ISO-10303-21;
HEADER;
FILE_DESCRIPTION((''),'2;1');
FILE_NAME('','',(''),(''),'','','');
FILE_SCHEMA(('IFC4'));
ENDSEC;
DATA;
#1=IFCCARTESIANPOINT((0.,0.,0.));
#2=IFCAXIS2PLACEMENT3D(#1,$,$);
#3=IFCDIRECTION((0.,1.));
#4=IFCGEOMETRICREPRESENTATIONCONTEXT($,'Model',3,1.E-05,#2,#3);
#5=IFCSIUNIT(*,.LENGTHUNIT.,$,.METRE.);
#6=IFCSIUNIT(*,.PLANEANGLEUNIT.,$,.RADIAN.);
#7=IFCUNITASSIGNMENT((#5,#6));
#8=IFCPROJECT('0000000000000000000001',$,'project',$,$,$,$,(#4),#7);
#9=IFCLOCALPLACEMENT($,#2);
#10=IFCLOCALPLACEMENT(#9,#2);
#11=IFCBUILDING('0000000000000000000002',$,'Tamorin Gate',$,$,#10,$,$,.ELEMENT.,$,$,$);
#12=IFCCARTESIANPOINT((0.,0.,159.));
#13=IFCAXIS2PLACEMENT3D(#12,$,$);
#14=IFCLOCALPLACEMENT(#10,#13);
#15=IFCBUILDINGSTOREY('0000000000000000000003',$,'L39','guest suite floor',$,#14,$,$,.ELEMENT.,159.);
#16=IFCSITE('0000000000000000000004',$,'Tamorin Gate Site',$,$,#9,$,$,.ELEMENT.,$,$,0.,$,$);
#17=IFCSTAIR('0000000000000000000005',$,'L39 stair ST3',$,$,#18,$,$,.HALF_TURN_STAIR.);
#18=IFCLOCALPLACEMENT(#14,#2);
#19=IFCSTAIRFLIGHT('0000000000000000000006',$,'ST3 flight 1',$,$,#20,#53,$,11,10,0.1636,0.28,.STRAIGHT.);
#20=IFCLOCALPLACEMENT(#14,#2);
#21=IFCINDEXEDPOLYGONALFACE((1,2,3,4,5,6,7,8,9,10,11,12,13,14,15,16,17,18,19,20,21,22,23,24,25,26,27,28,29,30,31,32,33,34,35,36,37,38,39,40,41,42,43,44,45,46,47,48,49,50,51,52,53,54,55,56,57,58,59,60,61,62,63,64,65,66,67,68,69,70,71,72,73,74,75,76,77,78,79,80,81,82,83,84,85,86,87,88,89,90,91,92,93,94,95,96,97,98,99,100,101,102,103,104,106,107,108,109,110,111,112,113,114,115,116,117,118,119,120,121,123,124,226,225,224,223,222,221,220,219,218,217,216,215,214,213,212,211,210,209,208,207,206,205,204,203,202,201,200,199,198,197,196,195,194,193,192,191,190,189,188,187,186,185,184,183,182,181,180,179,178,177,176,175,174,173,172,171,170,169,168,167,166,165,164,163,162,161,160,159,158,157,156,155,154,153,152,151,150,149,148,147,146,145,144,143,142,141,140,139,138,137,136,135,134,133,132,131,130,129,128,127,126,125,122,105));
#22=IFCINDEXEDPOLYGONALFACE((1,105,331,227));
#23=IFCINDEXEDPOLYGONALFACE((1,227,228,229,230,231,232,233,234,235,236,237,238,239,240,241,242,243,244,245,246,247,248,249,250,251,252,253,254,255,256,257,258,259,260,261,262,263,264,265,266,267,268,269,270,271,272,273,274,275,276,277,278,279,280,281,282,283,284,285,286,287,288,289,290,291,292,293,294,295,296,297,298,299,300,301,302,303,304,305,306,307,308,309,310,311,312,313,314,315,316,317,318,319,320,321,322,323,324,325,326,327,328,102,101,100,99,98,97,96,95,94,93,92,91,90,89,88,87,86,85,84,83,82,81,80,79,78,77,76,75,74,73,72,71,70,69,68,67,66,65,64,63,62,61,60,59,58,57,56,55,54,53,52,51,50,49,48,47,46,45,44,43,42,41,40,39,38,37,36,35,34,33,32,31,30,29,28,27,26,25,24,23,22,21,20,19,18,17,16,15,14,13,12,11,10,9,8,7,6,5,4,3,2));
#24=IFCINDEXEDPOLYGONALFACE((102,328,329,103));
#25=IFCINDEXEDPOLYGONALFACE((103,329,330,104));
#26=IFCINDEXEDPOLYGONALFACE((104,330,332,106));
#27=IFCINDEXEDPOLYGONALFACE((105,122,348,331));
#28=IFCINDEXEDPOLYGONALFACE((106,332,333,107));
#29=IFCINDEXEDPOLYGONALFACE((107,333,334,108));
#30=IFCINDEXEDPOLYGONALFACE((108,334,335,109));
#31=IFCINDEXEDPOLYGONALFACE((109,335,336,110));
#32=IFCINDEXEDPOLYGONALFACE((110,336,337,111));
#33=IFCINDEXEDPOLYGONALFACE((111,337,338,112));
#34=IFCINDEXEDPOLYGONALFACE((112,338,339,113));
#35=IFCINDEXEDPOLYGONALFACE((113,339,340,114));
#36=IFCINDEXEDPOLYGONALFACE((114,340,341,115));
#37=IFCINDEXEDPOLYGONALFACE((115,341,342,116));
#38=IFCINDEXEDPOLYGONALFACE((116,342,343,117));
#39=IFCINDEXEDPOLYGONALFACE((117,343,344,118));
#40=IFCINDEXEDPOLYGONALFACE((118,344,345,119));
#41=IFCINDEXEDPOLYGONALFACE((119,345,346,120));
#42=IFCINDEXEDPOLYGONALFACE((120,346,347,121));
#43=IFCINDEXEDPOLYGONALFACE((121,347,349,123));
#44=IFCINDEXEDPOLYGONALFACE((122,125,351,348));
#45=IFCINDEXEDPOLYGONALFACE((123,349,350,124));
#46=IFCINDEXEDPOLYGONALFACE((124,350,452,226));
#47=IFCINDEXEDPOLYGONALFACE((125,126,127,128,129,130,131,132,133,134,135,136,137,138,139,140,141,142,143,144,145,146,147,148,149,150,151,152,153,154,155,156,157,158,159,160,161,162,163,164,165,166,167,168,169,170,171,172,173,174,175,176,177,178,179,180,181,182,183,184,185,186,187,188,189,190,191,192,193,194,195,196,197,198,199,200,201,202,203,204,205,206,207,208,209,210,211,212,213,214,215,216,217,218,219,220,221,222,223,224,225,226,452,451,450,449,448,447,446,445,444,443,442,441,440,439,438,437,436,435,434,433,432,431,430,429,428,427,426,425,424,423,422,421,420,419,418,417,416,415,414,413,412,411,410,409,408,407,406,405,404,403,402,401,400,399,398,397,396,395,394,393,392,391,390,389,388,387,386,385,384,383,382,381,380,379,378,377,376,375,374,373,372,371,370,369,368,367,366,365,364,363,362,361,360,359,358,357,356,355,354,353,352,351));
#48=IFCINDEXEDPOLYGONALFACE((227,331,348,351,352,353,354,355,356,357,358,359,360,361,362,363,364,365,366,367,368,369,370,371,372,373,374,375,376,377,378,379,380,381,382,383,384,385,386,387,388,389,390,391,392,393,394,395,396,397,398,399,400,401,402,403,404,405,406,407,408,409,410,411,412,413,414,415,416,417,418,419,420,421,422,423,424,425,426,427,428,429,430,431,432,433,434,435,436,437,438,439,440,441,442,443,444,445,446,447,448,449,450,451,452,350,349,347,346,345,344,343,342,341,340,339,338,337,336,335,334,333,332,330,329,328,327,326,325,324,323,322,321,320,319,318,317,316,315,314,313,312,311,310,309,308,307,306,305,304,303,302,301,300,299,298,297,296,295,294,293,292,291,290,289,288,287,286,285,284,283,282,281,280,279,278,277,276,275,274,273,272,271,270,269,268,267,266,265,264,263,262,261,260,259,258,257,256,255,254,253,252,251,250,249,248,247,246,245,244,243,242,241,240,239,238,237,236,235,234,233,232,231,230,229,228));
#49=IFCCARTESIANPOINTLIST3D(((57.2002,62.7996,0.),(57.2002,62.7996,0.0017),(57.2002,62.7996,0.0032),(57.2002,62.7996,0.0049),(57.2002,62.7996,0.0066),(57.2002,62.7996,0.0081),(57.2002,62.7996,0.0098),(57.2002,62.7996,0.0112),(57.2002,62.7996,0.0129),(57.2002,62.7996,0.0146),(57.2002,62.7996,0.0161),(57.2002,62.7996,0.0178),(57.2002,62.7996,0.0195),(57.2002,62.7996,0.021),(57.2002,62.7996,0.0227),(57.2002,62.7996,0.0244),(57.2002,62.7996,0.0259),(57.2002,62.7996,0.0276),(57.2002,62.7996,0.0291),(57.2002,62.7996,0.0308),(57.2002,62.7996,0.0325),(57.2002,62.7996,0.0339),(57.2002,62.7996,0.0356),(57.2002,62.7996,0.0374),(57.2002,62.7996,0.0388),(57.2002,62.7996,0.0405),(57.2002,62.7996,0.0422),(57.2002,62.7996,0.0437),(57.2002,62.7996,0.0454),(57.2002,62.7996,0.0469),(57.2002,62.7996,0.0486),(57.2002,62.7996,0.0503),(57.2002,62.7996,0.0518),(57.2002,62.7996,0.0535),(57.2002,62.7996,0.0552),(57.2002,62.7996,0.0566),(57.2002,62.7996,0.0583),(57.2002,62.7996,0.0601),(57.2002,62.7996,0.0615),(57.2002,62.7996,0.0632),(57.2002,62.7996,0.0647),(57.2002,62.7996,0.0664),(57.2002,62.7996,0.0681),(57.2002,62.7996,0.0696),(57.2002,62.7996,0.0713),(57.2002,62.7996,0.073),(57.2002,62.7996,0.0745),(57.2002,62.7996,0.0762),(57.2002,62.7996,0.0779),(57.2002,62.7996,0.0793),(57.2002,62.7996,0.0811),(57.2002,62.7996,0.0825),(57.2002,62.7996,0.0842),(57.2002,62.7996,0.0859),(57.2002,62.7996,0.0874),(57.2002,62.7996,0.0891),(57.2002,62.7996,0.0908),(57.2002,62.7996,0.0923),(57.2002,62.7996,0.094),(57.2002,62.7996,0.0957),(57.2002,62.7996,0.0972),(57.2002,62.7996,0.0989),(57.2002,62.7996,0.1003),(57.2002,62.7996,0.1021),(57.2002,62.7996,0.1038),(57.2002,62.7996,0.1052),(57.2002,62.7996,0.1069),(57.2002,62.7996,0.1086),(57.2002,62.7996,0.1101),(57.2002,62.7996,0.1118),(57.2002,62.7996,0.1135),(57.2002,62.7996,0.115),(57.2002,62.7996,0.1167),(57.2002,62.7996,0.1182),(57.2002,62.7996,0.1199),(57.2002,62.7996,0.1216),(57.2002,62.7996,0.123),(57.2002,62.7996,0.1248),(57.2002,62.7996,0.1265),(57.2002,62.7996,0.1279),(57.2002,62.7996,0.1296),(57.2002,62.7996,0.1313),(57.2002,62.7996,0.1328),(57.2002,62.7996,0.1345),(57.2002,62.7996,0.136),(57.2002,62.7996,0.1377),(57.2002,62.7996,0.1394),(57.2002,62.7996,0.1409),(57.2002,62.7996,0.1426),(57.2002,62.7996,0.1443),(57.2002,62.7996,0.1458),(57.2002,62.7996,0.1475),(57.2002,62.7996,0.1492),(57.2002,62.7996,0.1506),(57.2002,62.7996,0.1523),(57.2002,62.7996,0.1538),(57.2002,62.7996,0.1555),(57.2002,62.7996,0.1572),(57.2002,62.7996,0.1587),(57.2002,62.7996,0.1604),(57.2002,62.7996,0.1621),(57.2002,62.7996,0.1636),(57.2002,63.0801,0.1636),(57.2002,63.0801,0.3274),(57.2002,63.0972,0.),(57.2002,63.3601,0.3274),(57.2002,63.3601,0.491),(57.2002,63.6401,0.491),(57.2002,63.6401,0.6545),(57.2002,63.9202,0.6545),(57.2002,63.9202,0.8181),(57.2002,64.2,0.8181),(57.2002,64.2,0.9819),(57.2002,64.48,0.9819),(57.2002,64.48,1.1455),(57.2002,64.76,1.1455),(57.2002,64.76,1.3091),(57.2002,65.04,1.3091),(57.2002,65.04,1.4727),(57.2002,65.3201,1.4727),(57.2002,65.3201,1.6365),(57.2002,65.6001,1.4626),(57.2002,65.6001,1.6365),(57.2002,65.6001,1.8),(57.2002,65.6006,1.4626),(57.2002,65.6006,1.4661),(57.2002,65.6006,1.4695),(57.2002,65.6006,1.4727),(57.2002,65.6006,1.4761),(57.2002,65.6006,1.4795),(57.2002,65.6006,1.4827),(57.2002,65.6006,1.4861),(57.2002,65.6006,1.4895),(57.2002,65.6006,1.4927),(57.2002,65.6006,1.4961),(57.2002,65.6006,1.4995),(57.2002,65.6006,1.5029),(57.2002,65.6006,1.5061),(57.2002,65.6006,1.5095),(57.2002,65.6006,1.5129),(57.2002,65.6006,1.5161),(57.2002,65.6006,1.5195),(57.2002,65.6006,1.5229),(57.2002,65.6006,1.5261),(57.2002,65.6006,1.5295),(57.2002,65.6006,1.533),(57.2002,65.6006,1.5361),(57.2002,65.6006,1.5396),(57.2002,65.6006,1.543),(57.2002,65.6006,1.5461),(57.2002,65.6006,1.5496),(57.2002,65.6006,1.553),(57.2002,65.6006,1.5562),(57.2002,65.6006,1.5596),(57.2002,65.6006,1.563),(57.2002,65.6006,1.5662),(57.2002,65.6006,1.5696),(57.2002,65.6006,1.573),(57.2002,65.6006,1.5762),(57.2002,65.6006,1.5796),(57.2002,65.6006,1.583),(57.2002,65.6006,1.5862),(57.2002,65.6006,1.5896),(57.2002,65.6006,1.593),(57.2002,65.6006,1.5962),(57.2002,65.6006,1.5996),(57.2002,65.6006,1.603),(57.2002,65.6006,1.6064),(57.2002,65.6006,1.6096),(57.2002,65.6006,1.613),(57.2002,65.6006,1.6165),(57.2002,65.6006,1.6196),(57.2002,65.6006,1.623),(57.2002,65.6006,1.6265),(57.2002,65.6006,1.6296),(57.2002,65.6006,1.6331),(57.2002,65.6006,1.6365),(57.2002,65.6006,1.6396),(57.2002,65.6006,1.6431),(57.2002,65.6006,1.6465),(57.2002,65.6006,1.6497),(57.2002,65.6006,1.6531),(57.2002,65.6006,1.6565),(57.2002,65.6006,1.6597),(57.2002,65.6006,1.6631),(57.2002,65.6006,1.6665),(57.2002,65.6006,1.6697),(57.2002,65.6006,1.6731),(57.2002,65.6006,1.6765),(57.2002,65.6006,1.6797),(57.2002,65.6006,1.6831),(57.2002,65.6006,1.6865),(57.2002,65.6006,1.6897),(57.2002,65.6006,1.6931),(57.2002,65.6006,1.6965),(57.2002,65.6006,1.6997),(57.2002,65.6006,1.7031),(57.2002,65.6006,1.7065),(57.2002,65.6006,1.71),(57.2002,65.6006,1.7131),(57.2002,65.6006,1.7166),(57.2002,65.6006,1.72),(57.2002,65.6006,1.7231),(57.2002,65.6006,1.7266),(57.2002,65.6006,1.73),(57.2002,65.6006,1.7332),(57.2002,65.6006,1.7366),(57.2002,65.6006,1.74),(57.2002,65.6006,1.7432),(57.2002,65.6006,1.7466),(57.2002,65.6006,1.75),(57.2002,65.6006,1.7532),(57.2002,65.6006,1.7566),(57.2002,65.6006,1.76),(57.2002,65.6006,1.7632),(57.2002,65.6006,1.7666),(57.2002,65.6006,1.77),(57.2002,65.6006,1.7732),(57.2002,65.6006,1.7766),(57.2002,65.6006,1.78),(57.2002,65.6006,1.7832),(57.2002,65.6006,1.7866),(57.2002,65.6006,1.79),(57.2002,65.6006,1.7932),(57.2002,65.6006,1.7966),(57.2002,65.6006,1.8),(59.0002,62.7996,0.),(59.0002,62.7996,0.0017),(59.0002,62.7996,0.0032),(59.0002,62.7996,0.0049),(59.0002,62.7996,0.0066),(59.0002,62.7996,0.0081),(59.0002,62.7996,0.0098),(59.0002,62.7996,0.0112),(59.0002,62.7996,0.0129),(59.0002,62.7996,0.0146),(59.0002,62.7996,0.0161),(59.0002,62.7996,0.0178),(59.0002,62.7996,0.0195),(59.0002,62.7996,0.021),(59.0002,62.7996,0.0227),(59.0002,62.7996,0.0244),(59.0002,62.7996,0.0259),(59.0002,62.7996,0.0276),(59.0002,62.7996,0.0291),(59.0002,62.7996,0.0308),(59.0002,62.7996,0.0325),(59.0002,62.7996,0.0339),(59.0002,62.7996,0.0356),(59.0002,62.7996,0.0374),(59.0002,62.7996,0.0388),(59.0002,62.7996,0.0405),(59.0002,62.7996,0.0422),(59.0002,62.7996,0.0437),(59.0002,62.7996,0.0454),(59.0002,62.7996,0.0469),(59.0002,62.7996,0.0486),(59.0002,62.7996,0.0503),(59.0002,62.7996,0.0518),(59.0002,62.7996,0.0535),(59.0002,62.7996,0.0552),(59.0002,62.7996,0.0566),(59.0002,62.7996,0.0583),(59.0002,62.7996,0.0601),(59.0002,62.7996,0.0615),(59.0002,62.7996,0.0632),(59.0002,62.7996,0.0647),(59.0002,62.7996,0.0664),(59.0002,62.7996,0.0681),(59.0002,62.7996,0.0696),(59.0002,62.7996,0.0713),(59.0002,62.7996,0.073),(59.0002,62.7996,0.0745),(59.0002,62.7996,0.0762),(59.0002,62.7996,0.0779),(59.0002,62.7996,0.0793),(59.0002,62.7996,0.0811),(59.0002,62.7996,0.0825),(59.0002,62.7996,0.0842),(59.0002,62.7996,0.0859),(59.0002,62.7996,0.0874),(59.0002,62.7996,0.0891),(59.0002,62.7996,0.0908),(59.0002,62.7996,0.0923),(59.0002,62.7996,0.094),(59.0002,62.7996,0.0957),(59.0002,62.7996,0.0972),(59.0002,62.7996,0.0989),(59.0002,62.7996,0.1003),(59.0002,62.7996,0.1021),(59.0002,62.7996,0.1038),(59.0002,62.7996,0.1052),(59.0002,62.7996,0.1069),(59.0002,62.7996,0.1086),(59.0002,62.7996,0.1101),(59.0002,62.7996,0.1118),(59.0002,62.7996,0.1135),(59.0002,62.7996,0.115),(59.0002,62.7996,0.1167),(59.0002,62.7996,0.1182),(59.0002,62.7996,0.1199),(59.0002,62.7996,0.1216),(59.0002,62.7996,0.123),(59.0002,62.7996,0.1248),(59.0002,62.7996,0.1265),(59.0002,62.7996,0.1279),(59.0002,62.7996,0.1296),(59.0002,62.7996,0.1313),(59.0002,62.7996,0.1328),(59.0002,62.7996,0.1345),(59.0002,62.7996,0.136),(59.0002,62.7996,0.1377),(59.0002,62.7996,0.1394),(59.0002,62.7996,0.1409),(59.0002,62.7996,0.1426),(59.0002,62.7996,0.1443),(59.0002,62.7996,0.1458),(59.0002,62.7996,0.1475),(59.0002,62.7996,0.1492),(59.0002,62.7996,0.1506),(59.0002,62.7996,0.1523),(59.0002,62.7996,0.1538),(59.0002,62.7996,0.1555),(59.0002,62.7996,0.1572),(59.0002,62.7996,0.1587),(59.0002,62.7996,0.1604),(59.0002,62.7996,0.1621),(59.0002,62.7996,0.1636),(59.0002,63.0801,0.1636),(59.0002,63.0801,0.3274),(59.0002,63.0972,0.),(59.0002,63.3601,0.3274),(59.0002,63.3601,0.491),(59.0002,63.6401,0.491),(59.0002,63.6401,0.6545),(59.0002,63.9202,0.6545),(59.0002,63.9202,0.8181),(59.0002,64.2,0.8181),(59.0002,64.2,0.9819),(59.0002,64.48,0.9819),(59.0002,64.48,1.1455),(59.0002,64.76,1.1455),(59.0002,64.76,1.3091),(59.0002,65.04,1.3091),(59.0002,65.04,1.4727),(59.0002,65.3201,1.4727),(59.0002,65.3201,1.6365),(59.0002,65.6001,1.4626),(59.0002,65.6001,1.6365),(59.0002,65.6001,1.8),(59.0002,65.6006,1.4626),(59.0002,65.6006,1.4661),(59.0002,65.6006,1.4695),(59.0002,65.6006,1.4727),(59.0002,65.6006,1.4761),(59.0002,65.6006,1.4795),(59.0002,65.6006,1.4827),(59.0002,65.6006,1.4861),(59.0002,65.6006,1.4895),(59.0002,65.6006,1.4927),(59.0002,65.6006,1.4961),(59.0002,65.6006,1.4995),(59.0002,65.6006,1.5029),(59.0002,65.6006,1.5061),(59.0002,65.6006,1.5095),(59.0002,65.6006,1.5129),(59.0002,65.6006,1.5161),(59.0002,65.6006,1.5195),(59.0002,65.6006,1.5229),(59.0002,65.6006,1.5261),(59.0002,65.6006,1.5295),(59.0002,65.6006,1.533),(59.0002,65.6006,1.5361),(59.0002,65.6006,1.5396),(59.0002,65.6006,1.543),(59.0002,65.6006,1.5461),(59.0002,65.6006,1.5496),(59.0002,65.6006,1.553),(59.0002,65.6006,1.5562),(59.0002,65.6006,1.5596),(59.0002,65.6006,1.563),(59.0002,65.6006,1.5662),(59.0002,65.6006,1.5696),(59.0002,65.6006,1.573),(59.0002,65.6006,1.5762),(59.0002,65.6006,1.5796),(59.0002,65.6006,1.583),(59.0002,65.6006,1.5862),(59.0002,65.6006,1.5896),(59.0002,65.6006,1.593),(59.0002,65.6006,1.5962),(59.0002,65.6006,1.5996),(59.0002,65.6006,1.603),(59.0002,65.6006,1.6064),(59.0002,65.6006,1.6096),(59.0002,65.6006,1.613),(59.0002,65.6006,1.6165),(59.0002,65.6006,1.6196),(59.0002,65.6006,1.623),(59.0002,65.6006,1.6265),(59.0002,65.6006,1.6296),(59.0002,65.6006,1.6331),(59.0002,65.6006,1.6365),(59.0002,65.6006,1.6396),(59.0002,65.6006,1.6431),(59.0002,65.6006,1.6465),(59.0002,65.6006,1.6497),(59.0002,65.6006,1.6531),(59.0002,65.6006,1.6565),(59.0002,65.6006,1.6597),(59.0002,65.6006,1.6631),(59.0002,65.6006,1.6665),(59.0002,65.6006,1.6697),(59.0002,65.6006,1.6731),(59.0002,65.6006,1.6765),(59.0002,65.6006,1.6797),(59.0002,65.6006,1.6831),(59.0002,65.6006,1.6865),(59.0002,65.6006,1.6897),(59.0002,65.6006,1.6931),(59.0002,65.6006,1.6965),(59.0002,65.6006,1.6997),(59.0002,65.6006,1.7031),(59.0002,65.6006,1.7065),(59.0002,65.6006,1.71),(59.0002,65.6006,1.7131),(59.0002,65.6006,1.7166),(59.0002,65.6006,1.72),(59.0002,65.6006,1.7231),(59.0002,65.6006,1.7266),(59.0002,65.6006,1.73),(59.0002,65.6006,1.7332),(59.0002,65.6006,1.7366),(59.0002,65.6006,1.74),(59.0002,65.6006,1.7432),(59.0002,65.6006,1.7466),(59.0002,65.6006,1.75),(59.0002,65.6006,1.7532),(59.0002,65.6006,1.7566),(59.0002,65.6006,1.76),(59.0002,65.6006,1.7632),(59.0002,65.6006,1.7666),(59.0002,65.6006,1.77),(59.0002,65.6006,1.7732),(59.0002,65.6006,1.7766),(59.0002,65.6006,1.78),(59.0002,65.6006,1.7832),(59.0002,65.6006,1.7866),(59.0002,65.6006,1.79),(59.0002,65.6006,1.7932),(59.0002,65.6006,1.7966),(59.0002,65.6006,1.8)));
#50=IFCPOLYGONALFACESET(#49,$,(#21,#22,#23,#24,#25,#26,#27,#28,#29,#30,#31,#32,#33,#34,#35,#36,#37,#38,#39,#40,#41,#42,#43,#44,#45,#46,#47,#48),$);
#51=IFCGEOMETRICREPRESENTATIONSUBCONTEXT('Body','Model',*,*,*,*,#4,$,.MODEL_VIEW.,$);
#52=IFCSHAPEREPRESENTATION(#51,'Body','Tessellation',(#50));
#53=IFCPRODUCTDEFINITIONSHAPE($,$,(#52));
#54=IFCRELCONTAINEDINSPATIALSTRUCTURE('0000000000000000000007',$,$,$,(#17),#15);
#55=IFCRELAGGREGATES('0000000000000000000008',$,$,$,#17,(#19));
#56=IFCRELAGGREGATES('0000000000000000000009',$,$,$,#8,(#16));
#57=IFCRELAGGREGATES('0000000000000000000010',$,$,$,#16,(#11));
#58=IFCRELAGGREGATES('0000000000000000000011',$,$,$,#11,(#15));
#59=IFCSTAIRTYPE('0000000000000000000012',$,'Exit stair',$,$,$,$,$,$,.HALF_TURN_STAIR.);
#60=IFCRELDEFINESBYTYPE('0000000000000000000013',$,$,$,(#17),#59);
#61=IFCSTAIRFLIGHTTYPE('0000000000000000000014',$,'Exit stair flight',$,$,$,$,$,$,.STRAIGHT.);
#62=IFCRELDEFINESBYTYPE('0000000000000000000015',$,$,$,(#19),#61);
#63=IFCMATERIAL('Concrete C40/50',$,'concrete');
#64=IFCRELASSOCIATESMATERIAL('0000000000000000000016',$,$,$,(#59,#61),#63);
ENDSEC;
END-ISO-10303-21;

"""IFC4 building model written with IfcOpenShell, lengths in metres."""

from ifc_helpers import new_model, si_unit, direction, frame, origin, place, context, subcontext, project, spatial, polyline, outline, extrude, material, type_object, element, aggregate, save


model = new_model("IFC4")

# Units and contexts
model_context = context("Model", 3, precision=1e-05, world=origin(), true_north=direction((0.0, 1.0)))
body_context = subcontext(model_context, "Body", "Model", "MODEL_VIEW")
ifc_project = project(units=[si_unit("LENGTHUNIT", "METRE"), si_unit("PLANEANGLEUNIT", "RADIAN")], contexts=[model_context])

# Site, building, storey
site_placement = place(None, origin())
site = spatial("IfcSite", under=ifc_project, at=site_placement, Name="Tamorin Gate Site", CompositionType="ELEMENT", RefElevation=0.0)
building_placement = place(site_placement, origin())
building = spatial("IfcBuilding", under=site, at=building_placement, Name="Tamorin Gate", CompositionType="ELEMENT")
storey_placement = place(building_placement, frame((0.0, 0.0, 159.0)))
storey = spatial("IfcBuildingStorey", under=building, at=storey_placement, Name="L39", Description="guest suite floor", CompositionType="ELEMENT", Elevation=159.0)

# Stair, stair flight
ifc_material_1 = material(Name="Concrete C40/50", Category="concrete")
stair_type = type_object("IfcStairType", Name="Exit stair", PredefinedType="HALF_TURN_STAIR", material=ifc_material_1)
stair_placement = place(storey_placement, origin())
stair = element("IfcStair", 1, at=stair_placement, inside=storey, type_object=stair_type, Name="L39 stair ST3", PredefinedType="HALF_TURN_STAIR")
stair_flight_type = type_object("IfcStairFlightType", Name="Exit stair flight", PredefinedType="STRAIGHT", material=ifc_material_1)
stair_flight_placement = place(storey_placement, frame((58.1001, 62.8, 0.0), z_axis=(0.0, 0.0, 1.0), x_axis=(0.0, 1.0, 0.0)))
stair_flight = element("IfcStairFlight", 2, at=stair_flight_placement, type_object=stair_flight_type, Name="ST3 flight 1", NumberOfRisers=11, NumberOfTreads=10, PredefinedType="STRAIGHT", RiserHeight=0.1636, TreadLength=0.28, context=body_context, shape_type="SweptSolid", body=[
    extrude(outline(polyline([(-0.0005, 0.0), (-0.0005, 0.0017), (-0.0005, 0.0032), (-0.0005, 0.0049), (-0.0005, 0.0066), (-0.0005, 0.0081), (-0.0005, 0.0098), (-0.0005, 0.0112), (-0.0005, 0.0129), (-0.0005, 0.0146), (-0.0005, 0.0161), (-0.0005, 0.0178), (-0.0005, 0.0195), (-0.0005, 0.021), (-0.0005, 0.0227), (-0.0005, 0.0244), (-0.0005, 0.0259), (-0.0005, 0.0276), (-0.0005, 0.0291), (-0.0005, 0.0308), (-0.0005, 0.0325), (-0.0005, 0.0339), (-0.0005, 0.0356), (-0.0005, 0.0374), (-0.0005, 0.0388), (-0.0005, 0.0405), (-0.0005, 0.0422), (-0.0005, 0.0437), (-0.0005, 0.0454), (-0.0005, 0.0469), (-0.0005, 0.0486), (-0.0005, 0.0503), (-0.0005, 0.0518), (-0.0005, 0.0535), (-0.0005, 0.0552), (-0.0005, 0.0566), (-0.0005, 0.0583), (-0.0005, 0.0601), (-0.0005, 0.0615), (-0.0005, 0.0632), (-0.0005, 0.0647), (-0.0005, 0.0664), (-0.0005, 0.0681), (-0.0005, 0.0696), (-0.0005, 0.0713), (-0.0005, 0.073), (-0.0005, 0.0745), (-0.0005, 0.0762), (-0.0005, 0.0779), (-0.0005, 0.0793), (-0.0005, 0.0811), (-0.0005, 0.0825), (-0.0005, 0.0842), (-0.0005, 0.0859), (-0.0005, 0.0874), (-0.0005, 0.0891), (-0.0005, 0.0908), (-0.0005, 0.0923), (-0.0005, 0.094), (-0.0005, 0.0957), (-0.0005, 0.0972), (-0.0005, 0.0989), (-0.0005, 0.1003), (-0.0005, 0.1021), (-0.0005, 0.1038), (-0.0005, 0.1052), (-0.0005, 0.1069), (-0.0005, 0.1086), (-0.0005, 0.1101), (-0.0005, 0.1118), (-0.0005, 0.1135), (-0.0005, 0.115), (-0.0005, 0.1167), (-0.0005, 0.1182), (-0.0005, 0.1199), (-0.0005, 0.1216), (-0.0005, 0.123), (-0.0005, 0.1248), (-0.0005, 0.1265), (-0.0005, 0.1279), (-0.0005, 0.1296), (-0.0005, 0.1313), (-0.0005, 0.1328), (-0.0005, 0.1345), (-0.0005, 0.136), (-0.0005, 0.1377), (-0.0005, 0.1394), (-0.0005, 0.1409), (-0.0005, 0.1426), (-0.0005, 0.1443), (-0.0005, 0.1458), (-0.0005, 0.1475), (-0.0005, 0.1492), (-0.0005, 0.1506), (-0.0005, 0.1523), (-0.0005, 0.1538), (-0.0005, 0.1555), (-0.0005, 0.1572), (-0.0005, 0.1587), (-0.0005, 0.1604), (-0.0005, 0.1621), (-0.0005, 0.1636), (0.28, 0.1636), (0.28, 0.3274), (0.5601, 0.3274), (0.5601, 0.491), (0.8401, 0.491), (0.8401, 0.6545), (1.1201, 0.6545), (1.1201, 0.8181), (1.3999, 0.8181), (1.3999, 0.9819), (1.6799, 0.9819), (1.6799, 1.1455), (1.96, 1.1455), (1.96, 1.3091), (2.24, 1.3091), (2.24, 1.4727), (2.52, 1.4727), (2.52, 1.6365), (2.8, 1.6365), (2.8, 1.8), (2.8005, 1.8), (2.8005, 1.7966), (2.8005, 1.7932), (2.8005, 1.79), (2.8005, 1.7866), (2.8005, 1.7832), (2.8005, 1.78), (2.8005, 1.7766), (2.8005, 1.7732), (2.8005, 1.77), (2.8005, 1.7666), (2.8005, 1.7632), (2.8005, 1.76), (2.8005, 1.7566), (2.8005, 1.7532), (2.8005, 1.75), (2.8005, 1.7466), (2.8005, 1.7432), (2.8005, 1.74), (2.8005, 1.7366), (2.8005, 1.7332), (2.8005, 1.73), (2.8005, 1.7266), (2.8005, 1.7231), (2.8005, 1.72), (2.8005, 1.7166), (2.8005, 1.7131), (2.8005, 1.71), (2.8005, 1.7065), (2.8005, 1.7031), (2.8005, 1.6997), (2.8005, 1.6965), (2.8005, 1.6931), (2.8005, 1.6897), (2.8005, 1.6865), (2.8005, 1.6831), (2.8005, 1.6797), (2.8005, 1.6765), (2.8005, 1.6731), (2.8005, 1.6697), (2.8005, 1.6665), (2.8005, 1.6631), (2.8005, 1.6597), (2.8005, 1.6565), (2.8005, 1.6531), (2.8005, 1.6497), (2.8005, 1.6465), (2.8005, 1.6431), (2.8005, 1.6396), (2.8005, 1.6365), (2.8005, 1.6331), (2.8005, 1.6296), (2.8005, 1.6265), (2.8005, 1.623), (2.8005, 1.6196), (2.8005, 1.6165), (2.8005, 1.613), (2.8005, 1.6096), (2.8005, 1.6064), (2.8005, 1.603), (2.8005, 1.5996), (2.8005, 1.5962), (2.8005, 1.593), (2.8005, 1.5896), (2.8005, 1.5862), (2.8005, 1.583), (2.8005, 1.5796), (2.8005, 1.5762), (2.8005, 1.573), (2.8005, 1.5696), (2.8005, 1.5662), (2.8005, 1.563), (2.8005, 1.5596), (2.8005, 1.5562), (2.8005, 1.553), (2.8005, 1.5496), (2.8005, 1.5461), (2.8005, 1.543), (2.8005, 1.5396), (2.8005, 1.5361), (2.8005, 1.533), (2.8005, 1.5295), (2.8005, 1.5261), (2.8005, 1.5229), (2.8005, 1.5195), (2.8005, 1.5161), (2.8005, 1.5129), (2.8005, 1.5095), (2.8005, 1.5061), (2.8005, 1.5029), (2.8005, 1.4995), (2.8005, 1.4961), (2.8005, 1.4927), (2.8005, 1.4895), (2.8005, 1.4861), (2.8005, 1.4827), (2.8005, 1.4795), (2.8005, 1.4761), (2.8005, 1.4727), (2.8005, 1.4695), (2.8005, 1.4661), (2.8005, 1.4626), (2.8, 1.4626), (0.2971, 0.0), (-0.0005, 0.0)])), frame((0.0, 0.8999, 0.0), z_axis=(0.0, -1.0, 0.0), x_axis=(1.0, 0.0, 0.0)), (0.0, 0.0, 1.0), 1.8),
])
aggregate(stair, [stair_flight])

save(model, "model.ifc")
